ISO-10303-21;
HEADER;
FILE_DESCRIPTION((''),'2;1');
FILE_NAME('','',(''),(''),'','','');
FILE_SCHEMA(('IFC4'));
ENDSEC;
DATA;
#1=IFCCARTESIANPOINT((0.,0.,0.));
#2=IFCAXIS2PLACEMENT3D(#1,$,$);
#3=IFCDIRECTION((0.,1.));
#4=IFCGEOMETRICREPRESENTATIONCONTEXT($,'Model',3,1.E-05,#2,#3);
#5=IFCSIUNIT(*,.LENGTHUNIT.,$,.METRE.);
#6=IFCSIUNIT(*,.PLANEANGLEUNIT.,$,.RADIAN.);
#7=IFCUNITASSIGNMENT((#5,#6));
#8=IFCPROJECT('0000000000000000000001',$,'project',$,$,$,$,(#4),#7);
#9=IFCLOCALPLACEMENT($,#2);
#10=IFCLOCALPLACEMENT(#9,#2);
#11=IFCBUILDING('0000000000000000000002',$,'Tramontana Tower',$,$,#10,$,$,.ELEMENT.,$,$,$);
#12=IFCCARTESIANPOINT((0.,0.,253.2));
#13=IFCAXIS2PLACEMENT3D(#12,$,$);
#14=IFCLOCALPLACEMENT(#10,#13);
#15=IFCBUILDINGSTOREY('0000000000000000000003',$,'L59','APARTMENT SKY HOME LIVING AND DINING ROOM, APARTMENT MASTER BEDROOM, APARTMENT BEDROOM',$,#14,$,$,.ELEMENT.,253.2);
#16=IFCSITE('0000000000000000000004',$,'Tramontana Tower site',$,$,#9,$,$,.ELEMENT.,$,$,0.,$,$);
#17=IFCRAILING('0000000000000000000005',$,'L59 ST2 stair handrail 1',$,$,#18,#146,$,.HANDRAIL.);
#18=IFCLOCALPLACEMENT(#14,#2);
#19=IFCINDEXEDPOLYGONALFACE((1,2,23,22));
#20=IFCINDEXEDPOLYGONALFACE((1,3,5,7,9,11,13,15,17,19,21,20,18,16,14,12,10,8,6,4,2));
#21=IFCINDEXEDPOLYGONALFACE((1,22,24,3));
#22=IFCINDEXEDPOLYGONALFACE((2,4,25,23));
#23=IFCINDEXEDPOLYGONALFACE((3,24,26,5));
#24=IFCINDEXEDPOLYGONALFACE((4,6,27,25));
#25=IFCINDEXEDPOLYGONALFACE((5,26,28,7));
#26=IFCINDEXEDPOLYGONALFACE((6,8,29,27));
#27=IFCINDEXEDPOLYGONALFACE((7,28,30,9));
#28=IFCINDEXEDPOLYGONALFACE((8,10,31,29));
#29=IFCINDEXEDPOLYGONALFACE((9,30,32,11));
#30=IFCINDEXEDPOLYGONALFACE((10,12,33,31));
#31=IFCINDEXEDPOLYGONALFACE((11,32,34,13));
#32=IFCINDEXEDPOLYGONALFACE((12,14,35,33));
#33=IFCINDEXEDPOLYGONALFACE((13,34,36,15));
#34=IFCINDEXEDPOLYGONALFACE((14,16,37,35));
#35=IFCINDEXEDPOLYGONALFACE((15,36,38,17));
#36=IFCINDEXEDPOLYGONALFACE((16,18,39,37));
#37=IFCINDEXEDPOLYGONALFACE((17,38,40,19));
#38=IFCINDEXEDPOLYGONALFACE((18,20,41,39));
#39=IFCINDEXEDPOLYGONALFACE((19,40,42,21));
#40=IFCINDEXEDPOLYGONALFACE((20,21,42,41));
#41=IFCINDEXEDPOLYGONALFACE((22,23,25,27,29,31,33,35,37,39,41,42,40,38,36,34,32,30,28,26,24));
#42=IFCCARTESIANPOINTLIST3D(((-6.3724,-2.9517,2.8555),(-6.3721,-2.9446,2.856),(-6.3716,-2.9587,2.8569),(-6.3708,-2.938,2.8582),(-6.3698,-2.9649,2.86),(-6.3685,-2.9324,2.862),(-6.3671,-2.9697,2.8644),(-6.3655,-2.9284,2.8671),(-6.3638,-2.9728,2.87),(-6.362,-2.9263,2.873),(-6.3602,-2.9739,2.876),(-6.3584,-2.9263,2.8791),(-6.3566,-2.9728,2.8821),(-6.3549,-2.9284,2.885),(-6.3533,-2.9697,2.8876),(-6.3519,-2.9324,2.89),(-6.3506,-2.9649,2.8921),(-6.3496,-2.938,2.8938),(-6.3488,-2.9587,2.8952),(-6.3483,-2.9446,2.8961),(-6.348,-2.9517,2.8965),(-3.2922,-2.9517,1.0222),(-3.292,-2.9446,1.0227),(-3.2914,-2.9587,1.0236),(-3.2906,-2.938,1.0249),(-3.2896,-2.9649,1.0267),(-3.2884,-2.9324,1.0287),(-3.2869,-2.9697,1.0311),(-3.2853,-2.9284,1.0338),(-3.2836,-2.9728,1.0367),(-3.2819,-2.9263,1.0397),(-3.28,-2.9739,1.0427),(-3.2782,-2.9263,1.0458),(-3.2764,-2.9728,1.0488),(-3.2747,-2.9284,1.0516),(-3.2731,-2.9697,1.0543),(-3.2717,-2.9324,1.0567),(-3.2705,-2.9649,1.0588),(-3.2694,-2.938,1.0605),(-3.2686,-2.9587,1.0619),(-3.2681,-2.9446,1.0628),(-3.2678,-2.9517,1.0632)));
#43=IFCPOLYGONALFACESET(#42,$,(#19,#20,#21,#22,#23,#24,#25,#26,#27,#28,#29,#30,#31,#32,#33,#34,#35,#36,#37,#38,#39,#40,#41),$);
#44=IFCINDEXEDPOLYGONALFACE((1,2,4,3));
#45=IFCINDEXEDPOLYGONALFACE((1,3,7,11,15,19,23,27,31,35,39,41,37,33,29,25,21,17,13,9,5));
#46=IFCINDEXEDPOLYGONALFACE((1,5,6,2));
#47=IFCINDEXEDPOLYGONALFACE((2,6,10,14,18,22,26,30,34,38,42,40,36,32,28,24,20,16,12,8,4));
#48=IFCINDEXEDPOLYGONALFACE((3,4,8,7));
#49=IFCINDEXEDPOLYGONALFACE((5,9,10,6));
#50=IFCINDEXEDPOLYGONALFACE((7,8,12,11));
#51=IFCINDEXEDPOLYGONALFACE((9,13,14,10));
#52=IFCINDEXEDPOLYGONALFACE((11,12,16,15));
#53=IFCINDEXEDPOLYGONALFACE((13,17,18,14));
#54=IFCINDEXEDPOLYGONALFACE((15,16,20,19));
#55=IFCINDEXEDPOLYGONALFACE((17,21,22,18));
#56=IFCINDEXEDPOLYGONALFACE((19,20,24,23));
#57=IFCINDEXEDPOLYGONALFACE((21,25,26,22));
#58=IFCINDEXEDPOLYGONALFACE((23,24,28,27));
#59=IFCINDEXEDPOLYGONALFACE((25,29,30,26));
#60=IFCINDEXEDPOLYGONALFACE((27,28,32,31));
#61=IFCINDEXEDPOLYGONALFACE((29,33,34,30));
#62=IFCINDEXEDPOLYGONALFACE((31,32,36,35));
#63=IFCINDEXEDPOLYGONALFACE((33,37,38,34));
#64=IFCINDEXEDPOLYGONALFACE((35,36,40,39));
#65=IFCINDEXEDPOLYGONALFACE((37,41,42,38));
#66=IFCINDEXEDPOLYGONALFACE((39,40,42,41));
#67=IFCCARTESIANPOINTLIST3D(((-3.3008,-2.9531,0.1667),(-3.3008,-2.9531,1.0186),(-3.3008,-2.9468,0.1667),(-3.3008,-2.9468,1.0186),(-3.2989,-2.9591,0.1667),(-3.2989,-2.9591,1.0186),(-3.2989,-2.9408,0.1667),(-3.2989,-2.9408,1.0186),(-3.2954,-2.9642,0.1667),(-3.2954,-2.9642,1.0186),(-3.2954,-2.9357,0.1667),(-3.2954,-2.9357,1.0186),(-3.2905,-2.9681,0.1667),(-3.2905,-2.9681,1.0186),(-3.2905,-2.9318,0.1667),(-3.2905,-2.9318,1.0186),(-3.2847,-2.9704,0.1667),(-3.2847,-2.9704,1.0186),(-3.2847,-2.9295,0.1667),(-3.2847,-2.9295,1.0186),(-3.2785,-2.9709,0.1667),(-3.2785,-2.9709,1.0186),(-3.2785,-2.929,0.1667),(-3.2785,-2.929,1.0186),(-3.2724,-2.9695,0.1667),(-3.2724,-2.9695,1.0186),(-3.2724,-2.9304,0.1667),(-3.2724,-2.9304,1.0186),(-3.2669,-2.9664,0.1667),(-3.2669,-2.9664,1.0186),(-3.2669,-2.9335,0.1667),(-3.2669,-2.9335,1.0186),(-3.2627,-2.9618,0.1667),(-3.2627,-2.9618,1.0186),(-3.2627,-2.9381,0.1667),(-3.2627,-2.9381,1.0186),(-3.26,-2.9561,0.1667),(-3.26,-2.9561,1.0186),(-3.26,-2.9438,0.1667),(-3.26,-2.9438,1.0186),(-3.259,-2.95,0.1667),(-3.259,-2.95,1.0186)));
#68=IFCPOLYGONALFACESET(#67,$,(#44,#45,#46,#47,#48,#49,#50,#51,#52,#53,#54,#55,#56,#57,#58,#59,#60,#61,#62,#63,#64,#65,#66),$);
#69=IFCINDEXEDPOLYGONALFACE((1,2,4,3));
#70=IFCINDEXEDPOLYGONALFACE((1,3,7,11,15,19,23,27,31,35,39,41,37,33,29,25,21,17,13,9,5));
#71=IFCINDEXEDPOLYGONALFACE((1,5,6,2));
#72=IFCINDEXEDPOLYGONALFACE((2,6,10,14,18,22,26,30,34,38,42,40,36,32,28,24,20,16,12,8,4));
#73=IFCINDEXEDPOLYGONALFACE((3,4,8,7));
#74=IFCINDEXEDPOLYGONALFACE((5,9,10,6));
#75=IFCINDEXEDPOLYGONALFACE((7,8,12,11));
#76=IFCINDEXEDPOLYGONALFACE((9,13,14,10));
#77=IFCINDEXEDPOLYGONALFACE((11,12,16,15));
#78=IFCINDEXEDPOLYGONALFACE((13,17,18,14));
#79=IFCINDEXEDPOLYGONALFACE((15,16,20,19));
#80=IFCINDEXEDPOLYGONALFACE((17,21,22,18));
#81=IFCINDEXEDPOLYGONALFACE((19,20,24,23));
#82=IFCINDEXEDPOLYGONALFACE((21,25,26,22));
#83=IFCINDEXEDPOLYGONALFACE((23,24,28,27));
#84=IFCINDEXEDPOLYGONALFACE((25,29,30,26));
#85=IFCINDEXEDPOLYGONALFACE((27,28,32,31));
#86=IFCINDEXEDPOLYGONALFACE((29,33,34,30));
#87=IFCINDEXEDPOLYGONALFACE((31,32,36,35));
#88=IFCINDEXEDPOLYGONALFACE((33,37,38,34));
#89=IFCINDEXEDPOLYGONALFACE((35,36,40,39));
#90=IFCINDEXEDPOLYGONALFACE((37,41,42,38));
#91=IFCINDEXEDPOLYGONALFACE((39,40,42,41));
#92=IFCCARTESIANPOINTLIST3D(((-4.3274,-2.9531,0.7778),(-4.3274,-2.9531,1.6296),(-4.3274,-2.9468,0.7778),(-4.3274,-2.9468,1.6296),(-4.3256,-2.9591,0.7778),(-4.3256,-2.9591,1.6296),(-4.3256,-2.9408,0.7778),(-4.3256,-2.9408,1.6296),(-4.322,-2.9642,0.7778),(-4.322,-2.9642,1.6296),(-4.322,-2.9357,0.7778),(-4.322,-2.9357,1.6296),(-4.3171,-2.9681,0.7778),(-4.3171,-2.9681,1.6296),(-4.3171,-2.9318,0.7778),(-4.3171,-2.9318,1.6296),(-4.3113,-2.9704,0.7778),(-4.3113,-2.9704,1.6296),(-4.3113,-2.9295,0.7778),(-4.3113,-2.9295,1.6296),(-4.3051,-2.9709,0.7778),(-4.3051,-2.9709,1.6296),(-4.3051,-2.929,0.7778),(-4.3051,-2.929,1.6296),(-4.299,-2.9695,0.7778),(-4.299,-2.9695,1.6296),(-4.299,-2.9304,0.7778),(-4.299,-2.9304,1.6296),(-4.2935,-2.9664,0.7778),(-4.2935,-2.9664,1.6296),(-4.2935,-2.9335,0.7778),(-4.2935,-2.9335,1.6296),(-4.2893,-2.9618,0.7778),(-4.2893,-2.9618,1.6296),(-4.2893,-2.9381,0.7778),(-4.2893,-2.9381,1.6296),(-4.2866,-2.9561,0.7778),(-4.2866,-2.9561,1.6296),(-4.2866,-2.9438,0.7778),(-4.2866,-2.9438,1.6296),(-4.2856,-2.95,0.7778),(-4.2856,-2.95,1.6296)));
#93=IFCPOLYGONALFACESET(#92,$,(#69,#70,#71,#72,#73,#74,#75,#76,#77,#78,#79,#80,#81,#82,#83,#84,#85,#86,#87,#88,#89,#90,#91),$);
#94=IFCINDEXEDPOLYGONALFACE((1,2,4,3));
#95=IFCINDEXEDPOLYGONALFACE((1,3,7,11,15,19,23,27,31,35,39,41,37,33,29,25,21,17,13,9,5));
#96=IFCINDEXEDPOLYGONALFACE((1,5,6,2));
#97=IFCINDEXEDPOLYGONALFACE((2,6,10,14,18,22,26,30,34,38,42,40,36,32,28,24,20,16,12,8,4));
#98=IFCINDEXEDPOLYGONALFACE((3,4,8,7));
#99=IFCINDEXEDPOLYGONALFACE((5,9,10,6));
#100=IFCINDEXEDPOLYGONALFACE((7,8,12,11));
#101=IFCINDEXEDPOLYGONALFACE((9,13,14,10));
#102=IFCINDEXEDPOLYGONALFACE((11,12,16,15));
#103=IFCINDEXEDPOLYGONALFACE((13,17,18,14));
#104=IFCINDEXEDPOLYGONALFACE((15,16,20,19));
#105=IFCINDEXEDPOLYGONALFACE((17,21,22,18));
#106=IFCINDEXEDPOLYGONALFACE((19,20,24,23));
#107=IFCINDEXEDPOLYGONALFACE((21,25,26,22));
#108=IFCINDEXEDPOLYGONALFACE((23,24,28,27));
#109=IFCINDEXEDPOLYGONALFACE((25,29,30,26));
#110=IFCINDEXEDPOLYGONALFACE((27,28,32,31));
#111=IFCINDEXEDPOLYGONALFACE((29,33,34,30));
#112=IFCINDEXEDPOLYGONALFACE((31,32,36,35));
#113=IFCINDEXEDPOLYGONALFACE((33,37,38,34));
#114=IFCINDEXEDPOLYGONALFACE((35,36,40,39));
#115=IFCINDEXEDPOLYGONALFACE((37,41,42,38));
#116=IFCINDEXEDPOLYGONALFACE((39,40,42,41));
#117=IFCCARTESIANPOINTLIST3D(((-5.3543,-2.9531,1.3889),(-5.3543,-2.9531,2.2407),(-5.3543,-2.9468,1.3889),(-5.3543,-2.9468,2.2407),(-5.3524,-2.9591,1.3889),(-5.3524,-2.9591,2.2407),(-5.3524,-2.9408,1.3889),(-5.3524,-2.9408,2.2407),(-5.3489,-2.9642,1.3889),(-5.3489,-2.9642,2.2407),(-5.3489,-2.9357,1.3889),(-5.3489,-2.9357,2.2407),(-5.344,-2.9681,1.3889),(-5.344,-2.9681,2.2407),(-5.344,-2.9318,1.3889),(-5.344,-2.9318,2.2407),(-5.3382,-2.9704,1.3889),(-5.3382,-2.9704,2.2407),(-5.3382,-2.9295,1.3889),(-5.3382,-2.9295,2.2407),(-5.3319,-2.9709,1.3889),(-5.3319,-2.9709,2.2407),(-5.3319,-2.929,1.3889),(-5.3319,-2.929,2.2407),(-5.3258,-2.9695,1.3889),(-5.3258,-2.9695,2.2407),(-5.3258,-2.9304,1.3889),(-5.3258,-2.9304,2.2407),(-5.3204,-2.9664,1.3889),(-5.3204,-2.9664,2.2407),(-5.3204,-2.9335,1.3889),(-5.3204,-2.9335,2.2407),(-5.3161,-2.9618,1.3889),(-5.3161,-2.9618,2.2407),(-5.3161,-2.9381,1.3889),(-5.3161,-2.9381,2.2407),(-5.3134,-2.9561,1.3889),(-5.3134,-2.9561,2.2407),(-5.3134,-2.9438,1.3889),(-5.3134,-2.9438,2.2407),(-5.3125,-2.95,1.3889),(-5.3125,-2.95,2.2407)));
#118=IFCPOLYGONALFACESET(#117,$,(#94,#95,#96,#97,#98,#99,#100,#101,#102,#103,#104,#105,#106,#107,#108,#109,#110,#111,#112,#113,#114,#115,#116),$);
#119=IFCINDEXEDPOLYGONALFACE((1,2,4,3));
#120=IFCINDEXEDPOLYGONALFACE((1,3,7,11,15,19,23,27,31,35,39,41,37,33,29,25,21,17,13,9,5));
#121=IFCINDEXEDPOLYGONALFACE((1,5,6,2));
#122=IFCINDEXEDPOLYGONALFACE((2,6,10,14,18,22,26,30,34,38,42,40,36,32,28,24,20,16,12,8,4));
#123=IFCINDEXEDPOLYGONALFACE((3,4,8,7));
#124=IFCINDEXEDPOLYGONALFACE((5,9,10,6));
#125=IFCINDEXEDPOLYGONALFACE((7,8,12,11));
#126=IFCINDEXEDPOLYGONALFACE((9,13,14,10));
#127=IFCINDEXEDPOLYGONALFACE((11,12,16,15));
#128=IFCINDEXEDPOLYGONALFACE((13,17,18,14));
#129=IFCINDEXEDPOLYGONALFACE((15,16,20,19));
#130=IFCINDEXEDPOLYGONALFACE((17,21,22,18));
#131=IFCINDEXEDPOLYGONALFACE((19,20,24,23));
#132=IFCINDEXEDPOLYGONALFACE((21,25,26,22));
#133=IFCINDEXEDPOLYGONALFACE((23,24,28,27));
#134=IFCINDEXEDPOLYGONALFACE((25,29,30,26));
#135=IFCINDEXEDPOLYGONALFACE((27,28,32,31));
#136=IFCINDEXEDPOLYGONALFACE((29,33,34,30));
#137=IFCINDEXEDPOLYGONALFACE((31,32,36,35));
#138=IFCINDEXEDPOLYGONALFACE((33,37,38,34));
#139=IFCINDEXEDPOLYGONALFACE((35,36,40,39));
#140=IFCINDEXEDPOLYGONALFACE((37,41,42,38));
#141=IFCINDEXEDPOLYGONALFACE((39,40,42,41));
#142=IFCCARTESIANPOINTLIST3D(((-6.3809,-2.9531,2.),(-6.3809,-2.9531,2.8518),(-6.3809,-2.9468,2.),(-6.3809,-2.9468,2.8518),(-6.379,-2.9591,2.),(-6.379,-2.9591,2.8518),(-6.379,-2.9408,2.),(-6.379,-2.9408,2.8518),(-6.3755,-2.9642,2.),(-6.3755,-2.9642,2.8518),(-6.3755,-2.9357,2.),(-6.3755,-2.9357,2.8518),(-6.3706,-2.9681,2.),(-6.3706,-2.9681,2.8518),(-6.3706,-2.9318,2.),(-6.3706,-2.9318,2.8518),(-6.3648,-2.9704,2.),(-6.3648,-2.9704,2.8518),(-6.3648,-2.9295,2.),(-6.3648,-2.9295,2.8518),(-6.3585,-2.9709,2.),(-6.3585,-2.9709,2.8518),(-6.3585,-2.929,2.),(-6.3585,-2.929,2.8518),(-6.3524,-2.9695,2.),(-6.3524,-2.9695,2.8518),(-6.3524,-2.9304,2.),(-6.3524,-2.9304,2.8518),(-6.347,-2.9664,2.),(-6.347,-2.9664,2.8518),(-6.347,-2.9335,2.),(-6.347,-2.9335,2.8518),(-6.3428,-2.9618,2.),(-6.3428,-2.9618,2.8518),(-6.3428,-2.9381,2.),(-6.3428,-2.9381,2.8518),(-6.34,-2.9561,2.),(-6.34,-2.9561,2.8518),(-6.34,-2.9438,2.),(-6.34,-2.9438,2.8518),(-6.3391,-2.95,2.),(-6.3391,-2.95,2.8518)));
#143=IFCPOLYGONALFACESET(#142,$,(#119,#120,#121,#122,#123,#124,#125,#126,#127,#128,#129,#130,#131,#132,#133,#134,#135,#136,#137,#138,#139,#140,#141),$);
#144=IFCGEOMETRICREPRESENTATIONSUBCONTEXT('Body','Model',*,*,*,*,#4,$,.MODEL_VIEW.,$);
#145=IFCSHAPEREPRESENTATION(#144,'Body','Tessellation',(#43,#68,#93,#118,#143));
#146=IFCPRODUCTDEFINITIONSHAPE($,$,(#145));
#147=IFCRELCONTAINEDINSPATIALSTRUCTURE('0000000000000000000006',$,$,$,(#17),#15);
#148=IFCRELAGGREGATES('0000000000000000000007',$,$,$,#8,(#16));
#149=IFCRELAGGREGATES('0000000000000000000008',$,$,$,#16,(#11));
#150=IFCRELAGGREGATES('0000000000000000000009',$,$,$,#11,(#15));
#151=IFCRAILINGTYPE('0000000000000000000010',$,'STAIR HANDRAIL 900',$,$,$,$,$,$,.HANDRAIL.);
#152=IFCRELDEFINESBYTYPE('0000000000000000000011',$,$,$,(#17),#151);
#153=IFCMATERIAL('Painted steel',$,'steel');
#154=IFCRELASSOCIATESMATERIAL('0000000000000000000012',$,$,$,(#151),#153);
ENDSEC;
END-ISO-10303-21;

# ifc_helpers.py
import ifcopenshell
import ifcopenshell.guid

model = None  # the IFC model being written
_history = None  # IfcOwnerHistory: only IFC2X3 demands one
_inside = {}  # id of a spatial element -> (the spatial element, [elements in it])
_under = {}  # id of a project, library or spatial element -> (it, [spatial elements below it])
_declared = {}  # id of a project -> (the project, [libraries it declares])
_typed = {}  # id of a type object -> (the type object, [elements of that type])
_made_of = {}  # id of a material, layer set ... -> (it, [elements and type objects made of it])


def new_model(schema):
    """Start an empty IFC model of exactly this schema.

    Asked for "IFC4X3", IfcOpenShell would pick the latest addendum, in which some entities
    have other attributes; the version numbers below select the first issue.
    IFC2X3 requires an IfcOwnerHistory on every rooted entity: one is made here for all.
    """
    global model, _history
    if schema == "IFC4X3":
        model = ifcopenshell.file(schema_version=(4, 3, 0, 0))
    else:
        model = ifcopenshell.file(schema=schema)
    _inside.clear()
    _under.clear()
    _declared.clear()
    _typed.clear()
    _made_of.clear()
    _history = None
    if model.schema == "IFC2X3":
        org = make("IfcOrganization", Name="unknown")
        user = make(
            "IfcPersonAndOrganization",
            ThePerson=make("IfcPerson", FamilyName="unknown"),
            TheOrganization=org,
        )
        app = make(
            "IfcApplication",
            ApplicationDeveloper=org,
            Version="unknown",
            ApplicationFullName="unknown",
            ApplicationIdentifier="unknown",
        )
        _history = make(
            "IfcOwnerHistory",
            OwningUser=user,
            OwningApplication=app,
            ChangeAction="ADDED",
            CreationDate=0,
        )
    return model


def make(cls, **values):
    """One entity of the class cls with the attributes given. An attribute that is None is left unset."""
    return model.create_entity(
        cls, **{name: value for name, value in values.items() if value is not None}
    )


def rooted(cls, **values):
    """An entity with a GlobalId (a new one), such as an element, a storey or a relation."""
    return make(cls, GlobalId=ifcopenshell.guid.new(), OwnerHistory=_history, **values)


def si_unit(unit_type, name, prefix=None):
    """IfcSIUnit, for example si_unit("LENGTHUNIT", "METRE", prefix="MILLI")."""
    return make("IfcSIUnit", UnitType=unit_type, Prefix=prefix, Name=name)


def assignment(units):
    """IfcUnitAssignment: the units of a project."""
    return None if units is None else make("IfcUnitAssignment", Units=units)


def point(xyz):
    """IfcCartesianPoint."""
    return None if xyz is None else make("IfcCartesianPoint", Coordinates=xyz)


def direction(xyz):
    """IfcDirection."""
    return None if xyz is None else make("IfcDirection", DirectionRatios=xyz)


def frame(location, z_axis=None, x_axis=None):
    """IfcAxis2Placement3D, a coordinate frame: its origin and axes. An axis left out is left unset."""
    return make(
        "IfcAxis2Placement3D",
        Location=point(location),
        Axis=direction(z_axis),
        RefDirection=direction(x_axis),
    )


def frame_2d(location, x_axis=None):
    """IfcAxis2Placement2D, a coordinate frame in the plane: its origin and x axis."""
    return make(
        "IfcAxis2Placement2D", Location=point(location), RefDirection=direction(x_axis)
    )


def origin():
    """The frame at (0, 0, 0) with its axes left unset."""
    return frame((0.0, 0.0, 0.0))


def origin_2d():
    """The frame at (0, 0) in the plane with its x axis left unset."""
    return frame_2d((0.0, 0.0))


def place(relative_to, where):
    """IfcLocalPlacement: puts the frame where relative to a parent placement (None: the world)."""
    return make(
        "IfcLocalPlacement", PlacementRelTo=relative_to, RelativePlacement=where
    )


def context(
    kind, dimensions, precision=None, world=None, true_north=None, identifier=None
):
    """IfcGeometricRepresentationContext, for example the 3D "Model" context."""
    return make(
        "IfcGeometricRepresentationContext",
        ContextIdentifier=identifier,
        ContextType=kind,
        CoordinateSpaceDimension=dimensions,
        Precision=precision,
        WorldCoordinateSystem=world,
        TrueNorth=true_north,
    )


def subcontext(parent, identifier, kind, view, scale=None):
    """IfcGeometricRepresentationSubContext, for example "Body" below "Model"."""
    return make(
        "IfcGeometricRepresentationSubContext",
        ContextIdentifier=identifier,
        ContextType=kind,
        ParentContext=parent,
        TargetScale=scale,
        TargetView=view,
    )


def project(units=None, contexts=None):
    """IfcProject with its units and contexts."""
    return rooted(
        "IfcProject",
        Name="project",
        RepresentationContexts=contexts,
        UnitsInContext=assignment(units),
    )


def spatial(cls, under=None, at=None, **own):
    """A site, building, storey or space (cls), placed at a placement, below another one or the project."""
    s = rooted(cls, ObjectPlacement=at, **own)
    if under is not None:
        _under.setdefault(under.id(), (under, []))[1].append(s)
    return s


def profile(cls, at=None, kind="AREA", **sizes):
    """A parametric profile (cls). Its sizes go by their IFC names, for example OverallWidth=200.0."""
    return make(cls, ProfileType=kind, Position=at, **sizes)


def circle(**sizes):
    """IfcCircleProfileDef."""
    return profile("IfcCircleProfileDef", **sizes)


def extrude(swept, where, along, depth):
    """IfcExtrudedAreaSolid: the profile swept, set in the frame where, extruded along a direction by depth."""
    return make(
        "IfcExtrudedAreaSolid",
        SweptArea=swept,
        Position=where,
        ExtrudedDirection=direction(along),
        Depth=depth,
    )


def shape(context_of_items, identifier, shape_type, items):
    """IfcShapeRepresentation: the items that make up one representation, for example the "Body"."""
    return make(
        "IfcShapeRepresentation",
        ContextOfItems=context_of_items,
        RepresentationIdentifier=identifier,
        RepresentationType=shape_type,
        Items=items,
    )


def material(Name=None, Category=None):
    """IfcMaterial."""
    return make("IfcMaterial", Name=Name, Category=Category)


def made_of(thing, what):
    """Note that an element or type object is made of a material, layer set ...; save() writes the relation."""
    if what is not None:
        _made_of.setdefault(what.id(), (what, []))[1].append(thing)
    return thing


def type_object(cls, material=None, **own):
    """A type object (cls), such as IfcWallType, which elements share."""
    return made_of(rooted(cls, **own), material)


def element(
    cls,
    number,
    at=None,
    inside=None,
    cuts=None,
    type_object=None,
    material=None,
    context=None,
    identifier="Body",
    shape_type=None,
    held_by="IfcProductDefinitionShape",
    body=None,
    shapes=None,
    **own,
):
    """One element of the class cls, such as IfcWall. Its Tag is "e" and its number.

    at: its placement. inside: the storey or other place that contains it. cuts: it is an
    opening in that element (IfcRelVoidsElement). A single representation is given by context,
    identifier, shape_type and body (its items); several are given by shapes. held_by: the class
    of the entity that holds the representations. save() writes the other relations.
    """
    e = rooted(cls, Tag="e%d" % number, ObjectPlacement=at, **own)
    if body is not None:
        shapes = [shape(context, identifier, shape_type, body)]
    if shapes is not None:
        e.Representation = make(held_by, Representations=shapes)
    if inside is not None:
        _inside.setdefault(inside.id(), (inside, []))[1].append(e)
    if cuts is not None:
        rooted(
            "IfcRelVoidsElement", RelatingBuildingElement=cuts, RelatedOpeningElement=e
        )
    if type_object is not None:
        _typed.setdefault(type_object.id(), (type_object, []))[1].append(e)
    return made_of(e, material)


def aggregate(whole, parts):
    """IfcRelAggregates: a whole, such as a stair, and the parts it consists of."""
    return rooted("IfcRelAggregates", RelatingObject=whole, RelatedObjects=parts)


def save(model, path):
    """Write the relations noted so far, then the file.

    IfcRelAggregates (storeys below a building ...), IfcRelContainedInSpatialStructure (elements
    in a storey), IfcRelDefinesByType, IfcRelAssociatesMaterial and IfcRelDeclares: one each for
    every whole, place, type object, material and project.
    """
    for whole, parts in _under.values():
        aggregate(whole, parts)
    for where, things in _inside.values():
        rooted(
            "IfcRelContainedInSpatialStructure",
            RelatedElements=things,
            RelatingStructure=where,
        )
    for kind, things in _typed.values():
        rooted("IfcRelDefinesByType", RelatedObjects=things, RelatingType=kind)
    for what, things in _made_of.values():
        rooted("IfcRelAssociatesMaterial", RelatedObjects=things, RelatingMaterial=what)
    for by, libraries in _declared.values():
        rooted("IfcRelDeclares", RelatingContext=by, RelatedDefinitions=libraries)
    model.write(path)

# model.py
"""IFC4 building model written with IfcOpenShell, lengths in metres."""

from ifc_helpers import new_model, si_unit, direction, frame, origin, origin_2d, place, context, subcontext, project, spatial, circle, extrude, material, type_object, element, save


model = new_model("IFC4")

# Units and contexts
model_context = context("Model", 3, precision=1e-05, world=origin(), true_north=direction((0.0, 1.0)))
body_context = subcontext(model_context, "Body", "Model", "MODEL_VIEW")
ifc_project = project(units=[si_unit("LENGTHUNIT", "METRE"), si_unit("PLANEANGLEUNIT", "RADIAN")], contexts=[model_context])

# Site, building, storey
site_placement = place(None, origin())
site = spatial("IfcSite", under=ifc_project, at=site_placement, Name="Tramontana Tower site", CompositionType="ELEMENT", RefElevation=0.0)
building_placement = place(site_placement, origin())
building = spatial("IfcBuilding", under=site, at=building_placement, Name="Tramontana Tower", CompositionType="ELEMENT")
storey_placement = place(building_placement, frame((0.0, 0.0, 253.2)))
storey = spatial("IfcBuildingStorey", under=building, at=storey_placement, Name="L59", Description="APARTMENT SKY HOME LIVING AND DINING ROOM, APARTMENT MASTER BEDROOM, APARTMENT BEDROOM", CompositionType="ELEMENT", Elevation=253.2)

# Railing
ifc_material_1 = material(Name="Painted steel", Category="steel")
railing_type_1 = type_object("IfcRailingType", Name="STAIR HANDRAIL 900", PredefinedType="HANDRAIL", material=ifc_material_1)
railing_1_placement = place(storey_placement, frame((-3.28, -2.95, 0.1667)))
element("IfcRailing", 1, at=railing_1_placement, inside=storey, type_object=railing_type_1, Name="L59 ST2 stair handrail 1", PredefinedType="HANDRAIL", context=body_context, shape_type="SweptSolid", body=[
    extrude(circle(Radius=0.0239, at=origin_2d()), frame((0.0, 0.0, 0.876), z_axis=(-0.859309, 0.0, 0.511458), x_axis=(0.0, -1.0, 0.0)), (0.0, 0.0, 1.0), 3.5845),
    extrude(circle(Radius=0.021, at=origin_2d()), origin(), (0.0, 0.0, 1.0), 0.8518),
    extrude(circle(Radius=0.021, at=origin_2d()), frame((-1.0266, 0.0, 0.6111)), (0.0, 0.0, 1.0), 0.8518),
    extrude(circle(Radius=0.021, at=origin_2d()), frame((-2.0535, 0.0, 1.2222)), (0.0, 0.0, 1.0), 0.8518),
    extrude(circle(Radius=0.021, at=origin_2d()), frame((-3.0801, 0.0, 1.8333)), (0.0, 0.0, 1.0), 0.8518),
])

save(model, "model.ifc")
